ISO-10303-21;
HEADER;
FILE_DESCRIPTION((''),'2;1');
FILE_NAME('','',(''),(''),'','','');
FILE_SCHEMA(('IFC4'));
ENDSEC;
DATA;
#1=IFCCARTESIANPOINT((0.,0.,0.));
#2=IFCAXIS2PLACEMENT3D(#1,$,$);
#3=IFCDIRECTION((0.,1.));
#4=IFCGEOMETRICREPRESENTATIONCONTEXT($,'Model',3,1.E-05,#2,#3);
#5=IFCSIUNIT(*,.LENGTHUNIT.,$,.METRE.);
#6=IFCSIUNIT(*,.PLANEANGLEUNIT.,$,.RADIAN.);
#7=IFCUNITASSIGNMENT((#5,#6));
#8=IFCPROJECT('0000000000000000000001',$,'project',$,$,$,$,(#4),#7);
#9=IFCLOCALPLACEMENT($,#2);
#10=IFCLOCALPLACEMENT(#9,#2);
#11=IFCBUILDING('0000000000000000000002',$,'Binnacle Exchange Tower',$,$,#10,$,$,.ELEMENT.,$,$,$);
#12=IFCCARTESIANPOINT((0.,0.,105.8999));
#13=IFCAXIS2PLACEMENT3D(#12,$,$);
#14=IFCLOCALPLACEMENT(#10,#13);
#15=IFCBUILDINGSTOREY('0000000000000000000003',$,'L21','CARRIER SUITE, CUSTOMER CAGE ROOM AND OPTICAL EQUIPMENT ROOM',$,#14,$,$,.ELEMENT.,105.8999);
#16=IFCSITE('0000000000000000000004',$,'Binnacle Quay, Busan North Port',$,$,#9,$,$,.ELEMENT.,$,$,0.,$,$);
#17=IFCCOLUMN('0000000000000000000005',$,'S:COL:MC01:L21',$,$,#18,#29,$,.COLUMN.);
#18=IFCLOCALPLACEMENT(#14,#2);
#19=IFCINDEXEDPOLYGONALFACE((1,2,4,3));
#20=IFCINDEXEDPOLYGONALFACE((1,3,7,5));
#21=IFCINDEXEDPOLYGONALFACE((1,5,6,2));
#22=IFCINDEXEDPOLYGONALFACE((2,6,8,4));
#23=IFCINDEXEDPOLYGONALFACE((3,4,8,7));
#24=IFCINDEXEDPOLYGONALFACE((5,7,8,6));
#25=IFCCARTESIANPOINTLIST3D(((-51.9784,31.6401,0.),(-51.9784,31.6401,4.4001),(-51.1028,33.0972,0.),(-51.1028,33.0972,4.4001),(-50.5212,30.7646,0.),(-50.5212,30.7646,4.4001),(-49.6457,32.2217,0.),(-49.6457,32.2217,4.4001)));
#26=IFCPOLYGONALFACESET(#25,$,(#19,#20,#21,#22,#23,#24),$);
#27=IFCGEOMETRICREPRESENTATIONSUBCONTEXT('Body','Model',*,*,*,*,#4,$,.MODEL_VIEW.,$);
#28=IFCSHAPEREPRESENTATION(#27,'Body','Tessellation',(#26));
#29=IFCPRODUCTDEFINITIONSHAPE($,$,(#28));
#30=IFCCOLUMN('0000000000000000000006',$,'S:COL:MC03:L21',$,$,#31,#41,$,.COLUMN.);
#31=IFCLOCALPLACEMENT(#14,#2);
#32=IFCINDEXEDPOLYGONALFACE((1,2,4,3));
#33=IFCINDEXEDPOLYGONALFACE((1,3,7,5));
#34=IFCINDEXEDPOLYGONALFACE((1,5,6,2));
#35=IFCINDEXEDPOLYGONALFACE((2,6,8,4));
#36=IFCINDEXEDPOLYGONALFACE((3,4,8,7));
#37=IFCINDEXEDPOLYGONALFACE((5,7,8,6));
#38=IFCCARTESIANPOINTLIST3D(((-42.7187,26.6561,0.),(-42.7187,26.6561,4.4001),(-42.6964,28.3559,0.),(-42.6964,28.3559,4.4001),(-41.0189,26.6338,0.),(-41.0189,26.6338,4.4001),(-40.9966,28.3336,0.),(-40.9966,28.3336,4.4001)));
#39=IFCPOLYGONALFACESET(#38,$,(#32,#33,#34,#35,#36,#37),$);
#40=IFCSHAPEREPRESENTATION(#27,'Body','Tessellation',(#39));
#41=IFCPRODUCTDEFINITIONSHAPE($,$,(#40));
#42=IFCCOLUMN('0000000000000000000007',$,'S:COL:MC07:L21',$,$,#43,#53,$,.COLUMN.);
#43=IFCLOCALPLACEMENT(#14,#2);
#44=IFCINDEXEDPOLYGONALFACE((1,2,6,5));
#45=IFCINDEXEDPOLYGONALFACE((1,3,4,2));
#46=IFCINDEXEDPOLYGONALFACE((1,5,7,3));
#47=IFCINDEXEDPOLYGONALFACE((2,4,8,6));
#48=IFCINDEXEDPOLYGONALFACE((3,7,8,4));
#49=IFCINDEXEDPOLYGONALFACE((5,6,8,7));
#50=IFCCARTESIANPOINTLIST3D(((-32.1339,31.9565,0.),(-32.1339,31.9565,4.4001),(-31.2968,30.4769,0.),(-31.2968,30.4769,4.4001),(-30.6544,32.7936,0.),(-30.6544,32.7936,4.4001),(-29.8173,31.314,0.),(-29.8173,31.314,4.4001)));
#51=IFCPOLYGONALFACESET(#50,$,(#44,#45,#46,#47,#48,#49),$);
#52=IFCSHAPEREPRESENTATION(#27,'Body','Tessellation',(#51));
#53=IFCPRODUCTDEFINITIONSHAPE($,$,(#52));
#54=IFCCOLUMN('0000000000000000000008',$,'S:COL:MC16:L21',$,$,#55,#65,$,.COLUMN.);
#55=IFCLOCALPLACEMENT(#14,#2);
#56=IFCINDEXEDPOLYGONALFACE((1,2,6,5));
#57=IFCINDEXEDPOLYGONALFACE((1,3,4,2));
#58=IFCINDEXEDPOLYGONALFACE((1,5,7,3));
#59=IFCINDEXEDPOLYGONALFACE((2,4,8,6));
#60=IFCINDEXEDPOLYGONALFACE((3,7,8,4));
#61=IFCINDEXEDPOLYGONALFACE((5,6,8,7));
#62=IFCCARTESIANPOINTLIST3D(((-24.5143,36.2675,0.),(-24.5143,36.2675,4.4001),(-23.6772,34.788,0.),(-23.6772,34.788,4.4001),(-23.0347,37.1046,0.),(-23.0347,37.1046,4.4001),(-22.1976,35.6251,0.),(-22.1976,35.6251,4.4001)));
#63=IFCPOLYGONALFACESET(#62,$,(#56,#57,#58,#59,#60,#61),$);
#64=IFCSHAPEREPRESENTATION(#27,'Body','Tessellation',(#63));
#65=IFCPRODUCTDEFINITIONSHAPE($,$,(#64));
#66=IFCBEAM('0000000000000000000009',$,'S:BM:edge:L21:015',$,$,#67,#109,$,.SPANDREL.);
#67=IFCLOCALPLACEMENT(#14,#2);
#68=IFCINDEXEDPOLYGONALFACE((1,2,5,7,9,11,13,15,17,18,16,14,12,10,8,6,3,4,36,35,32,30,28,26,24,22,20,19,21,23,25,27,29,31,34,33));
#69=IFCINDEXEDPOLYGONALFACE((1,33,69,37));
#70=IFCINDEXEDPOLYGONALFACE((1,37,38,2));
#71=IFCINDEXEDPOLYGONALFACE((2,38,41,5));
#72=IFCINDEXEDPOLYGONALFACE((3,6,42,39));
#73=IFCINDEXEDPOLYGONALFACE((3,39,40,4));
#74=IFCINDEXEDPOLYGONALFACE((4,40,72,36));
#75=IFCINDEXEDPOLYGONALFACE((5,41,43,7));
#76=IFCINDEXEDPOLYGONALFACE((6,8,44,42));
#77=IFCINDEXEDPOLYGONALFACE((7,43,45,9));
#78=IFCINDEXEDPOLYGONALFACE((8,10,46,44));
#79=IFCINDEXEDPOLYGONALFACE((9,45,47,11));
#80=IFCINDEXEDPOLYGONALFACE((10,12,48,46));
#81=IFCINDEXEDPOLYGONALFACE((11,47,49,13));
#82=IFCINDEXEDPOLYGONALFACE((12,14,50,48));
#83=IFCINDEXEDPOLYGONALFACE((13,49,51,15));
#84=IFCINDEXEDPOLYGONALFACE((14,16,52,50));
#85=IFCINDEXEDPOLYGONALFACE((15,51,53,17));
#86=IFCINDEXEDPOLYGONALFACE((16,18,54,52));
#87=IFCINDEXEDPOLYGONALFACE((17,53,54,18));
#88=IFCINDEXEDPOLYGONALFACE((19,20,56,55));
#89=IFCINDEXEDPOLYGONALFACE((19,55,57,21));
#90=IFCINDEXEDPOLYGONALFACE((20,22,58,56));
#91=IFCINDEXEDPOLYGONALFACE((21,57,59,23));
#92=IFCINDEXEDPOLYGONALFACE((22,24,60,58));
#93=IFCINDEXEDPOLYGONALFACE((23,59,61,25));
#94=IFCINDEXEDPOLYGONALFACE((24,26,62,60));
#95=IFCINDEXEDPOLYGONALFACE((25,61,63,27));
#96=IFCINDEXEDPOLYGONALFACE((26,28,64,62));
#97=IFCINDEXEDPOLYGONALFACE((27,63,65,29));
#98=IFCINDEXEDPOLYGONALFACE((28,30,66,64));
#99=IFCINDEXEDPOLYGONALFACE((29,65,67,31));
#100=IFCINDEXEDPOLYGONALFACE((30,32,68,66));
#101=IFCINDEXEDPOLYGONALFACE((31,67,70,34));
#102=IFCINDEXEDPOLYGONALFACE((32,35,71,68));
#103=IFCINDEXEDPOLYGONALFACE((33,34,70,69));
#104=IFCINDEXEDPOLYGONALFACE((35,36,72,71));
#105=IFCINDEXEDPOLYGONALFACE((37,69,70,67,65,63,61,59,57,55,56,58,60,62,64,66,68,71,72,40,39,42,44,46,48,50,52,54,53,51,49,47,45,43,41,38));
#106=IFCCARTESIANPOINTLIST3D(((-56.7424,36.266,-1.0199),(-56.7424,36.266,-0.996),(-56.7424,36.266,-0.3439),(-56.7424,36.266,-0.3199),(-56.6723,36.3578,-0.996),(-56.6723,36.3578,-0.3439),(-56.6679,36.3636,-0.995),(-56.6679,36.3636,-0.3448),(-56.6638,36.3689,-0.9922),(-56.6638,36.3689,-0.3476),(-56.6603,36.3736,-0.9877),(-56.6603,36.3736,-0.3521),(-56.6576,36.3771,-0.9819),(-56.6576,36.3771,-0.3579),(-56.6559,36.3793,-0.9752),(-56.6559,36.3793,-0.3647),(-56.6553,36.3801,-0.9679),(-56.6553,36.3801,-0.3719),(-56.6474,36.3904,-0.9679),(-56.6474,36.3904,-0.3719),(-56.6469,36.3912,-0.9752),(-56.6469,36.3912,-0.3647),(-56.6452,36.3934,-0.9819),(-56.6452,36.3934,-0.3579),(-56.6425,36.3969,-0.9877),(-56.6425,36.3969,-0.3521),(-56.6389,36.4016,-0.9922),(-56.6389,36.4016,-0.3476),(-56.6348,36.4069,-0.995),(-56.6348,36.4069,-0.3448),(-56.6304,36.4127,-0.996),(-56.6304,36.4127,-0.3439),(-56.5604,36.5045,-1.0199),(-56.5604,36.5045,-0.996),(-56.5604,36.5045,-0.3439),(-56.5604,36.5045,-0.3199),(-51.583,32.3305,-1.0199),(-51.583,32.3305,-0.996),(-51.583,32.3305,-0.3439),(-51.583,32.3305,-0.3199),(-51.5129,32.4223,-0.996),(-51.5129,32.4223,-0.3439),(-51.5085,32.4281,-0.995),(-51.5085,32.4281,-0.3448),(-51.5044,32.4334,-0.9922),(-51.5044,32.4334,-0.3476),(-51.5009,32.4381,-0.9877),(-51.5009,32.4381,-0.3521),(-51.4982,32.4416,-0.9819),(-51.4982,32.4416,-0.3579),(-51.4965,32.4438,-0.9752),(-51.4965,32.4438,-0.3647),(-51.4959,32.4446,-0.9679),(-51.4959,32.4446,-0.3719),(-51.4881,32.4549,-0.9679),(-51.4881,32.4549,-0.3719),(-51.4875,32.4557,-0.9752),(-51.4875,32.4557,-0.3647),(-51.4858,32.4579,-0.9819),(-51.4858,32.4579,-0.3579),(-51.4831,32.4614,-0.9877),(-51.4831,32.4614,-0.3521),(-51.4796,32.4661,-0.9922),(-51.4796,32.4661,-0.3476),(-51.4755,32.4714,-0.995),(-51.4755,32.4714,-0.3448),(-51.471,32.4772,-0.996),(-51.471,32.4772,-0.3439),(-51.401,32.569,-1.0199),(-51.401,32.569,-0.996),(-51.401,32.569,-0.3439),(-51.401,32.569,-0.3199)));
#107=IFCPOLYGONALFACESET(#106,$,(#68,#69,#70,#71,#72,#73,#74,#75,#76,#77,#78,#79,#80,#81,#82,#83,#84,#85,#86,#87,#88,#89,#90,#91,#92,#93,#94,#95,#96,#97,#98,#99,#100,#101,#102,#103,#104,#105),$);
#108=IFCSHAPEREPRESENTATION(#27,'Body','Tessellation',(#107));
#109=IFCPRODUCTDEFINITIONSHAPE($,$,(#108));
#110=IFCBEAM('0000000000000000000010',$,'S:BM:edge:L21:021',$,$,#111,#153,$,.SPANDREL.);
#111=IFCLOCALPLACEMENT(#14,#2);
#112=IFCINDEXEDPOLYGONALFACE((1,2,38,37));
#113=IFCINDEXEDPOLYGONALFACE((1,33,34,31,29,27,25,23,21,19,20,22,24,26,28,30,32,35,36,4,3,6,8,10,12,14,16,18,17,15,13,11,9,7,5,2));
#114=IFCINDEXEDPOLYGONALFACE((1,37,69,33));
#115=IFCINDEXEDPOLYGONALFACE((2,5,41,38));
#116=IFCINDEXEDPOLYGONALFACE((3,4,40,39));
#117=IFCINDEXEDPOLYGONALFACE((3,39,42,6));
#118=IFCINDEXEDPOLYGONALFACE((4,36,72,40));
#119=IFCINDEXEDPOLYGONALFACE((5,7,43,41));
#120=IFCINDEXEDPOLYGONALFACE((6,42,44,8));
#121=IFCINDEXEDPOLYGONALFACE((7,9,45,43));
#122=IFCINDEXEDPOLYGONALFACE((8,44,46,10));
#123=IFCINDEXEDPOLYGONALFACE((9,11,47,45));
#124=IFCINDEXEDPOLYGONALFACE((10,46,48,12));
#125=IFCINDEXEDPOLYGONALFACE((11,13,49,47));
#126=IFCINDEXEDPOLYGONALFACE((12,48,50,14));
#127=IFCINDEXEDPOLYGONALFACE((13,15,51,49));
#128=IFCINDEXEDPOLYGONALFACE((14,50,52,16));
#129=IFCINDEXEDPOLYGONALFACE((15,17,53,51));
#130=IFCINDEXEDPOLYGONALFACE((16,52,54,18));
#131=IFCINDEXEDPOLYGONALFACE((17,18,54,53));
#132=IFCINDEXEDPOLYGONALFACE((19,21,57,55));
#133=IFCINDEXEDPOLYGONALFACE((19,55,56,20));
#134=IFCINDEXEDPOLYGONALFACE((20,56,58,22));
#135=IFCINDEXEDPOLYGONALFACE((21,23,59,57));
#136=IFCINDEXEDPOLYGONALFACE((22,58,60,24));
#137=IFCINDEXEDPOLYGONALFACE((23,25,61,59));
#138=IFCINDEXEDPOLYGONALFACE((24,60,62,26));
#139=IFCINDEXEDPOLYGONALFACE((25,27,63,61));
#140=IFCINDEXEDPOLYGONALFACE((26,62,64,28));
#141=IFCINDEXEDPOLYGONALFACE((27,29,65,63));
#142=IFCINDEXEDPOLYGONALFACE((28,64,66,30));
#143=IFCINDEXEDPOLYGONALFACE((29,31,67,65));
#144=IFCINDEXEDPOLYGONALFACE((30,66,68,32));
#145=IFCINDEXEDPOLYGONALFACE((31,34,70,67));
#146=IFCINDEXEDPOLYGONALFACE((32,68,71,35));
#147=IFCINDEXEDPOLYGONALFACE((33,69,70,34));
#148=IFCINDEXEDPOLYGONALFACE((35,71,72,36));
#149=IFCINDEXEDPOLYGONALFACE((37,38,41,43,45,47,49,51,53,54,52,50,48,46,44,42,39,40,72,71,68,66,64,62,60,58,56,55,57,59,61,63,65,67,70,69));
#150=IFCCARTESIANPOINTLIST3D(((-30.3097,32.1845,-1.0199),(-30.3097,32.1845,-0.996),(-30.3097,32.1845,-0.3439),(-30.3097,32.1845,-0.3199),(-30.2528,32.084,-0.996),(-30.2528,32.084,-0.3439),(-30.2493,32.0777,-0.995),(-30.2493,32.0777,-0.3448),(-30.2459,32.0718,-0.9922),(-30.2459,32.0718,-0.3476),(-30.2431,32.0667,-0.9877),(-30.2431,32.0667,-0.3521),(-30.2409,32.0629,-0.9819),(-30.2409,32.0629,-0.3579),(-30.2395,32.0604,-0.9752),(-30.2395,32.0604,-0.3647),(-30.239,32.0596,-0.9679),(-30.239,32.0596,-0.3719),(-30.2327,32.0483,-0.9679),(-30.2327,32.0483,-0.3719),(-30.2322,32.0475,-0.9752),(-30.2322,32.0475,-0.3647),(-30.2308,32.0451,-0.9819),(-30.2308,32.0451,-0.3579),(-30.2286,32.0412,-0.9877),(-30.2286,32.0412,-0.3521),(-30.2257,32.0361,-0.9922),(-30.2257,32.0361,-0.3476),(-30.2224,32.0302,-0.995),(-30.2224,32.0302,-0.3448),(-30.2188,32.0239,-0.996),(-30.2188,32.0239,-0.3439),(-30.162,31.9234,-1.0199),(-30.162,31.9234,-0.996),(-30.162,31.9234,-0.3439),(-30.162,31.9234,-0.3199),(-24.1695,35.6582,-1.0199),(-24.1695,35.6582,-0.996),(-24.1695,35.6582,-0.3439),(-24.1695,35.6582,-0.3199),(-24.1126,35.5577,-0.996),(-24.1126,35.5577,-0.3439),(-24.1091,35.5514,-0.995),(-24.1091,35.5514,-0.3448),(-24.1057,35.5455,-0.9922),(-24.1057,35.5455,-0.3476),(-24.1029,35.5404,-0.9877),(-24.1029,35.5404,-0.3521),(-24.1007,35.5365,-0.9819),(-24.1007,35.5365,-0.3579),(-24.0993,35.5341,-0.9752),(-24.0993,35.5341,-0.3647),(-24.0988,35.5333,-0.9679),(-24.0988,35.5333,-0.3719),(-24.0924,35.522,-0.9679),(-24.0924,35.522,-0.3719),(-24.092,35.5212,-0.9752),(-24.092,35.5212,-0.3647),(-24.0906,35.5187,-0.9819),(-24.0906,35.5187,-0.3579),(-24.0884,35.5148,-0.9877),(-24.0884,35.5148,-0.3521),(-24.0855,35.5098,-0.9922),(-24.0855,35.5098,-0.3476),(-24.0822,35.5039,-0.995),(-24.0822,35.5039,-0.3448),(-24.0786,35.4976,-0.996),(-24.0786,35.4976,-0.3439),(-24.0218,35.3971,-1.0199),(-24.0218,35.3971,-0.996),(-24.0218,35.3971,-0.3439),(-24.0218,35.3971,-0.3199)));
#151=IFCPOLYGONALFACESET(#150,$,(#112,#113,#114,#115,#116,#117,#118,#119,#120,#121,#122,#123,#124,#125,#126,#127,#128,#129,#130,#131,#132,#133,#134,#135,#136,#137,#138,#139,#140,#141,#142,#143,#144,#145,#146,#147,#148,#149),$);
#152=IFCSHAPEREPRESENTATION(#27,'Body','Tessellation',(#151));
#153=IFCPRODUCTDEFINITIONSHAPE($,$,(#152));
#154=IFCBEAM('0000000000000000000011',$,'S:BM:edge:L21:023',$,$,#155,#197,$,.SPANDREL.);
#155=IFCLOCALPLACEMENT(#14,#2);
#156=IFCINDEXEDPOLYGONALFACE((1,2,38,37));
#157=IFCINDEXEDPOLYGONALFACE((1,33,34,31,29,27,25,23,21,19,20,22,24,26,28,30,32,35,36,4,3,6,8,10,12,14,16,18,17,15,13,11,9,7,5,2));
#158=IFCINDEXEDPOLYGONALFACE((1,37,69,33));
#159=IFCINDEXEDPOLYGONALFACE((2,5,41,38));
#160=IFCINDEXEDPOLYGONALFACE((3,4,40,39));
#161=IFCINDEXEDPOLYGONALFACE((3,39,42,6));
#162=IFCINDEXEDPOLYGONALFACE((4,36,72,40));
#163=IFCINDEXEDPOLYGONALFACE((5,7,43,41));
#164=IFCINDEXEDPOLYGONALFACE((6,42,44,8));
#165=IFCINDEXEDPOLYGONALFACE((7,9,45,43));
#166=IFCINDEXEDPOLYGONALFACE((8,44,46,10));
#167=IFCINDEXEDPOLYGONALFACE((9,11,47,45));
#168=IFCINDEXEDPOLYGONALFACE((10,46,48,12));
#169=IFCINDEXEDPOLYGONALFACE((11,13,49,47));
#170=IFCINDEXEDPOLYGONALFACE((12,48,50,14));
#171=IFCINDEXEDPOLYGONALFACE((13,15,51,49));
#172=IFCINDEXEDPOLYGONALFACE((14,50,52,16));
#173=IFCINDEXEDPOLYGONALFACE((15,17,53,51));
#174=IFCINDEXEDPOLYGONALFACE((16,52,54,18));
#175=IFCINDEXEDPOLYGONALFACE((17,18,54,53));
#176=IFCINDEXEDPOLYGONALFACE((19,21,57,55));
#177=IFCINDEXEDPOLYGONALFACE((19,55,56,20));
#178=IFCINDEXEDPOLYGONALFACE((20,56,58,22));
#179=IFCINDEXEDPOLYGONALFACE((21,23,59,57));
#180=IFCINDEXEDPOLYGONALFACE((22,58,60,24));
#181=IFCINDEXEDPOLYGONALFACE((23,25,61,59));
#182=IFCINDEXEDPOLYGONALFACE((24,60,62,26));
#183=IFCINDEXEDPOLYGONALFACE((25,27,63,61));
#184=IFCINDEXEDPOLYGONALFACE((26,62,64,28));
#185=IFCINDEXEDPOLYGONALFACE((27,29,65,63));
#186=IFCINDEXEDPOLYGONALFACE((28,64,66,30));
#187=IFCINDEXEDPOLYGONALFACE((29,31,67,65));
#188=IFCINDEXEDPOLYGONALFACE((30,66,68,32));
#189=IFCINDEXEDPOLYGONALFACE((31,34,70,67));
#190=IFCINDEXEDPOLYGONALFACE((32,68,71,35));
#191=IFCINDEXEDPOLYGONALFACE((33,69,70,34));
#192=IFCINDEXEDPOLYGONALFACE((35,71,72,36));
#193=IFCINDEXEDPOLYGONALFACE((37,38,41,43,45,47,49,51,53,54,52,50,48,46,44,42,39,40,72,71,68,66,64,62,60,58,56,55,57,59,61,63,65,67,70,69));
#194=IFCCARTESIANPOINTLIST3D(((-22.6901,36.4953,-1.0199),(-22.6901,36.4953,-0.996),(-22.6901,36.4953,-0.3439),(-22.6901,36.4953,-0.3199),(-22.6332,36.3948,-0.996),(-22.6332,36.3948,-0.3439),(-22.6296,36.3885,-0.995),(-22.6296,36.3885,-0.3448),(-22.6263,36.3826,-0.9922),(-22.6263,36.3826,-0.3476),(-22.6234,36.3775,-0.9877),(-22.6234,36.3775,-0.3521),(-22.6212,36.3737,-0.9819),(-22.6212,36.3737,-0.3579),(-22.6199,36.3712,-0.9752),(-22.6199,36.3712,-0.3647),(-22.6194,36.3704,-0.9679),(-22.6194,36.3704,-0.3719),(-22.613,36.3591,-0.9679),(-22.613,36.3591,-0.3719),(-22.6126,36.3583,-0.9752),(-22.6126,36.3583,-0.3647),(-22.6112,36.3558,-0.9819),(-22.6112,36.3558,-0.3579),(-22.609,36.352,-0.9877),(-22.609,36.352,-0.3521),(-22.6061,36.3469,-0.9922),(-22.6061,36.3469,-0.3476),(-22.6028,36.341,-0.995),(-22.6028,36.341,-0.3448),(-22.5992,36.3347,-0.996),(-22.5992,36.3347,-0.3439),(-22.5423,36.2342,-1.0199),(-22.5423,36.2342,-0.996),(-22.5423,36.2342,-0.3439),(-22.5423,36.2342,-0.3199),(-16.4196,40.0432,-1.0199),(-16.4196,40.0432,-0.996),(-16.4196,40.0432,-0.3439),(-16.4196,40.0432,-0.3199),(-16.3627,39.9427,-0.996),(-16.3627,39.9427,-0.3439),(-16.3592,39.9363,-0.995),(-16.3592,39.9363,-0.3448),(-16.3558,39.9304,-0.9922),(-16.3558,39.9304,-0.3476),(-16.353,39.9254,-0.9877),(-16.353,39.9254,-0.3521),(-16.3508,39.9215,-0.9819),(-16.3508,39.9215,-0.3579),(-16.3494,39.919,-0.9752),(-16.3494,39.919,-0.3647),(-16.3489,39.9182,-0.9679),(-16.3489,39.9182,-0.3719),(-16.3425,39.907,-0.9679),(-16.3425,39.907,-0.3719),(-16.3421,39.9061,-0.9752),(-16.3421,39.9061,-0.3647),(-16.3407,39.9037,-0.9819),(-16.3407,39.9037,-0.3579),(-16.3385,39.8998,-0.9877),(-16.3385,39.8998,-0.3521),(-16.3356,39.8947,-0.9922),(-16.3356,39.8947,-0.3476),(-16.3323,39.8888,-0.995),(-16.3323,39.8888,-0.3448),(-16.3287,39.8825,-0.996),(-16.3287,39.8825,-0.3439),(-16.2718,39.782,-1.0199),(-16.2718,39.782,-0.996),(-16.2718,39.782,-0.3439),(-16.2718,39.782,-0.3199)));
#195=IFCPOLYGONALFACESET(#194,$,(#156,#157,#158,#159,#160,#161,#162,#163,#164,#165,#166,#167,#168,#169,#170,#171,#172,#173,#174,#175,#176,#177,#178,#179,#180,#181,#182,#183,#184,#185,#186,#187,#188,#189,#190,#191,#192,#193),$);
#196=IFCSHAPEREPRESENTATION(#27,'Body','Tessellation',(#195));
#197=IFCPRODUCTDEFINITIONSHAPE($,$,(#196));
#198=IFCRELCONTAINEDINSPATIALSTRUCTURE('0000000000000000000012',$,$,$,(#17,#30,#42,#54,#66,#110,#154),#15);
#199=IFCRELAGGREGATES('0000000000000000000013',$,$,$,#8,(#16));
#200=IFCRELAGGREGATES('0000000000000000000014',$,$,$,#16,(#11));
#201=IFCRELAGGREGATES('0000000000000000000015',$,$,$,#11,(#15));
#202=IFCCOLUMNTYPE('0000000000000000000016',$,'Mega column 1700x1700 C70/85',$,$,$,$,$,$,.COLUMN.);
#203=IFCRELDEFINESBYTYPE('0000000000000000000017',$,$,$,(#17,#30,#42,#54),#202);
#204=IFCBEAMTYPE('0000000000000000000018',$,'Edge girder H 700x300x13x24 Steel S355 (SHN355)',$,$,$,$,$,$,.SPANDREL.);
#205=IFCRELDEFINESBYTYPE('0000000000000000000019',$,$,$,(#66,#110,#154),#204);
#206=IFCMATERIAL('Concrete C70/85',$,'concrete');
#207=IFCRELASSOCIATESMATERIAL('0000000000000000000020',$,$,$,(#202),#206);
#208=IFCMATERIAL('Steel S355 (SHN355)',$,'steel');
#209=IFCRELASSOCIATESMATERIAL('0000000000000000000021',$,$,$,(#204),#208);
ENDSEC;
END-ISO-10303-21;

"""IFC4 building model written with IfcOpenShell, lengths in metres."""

from ifc_helpers import new_model, si_unit, direction, frame, origin, origin_2d, place, context, subcontext, project, spatial, rectangle, i_section, extrude, material, material_profile, profile_set, type_object, element, save


model = new_model("IFC4")

# Units and contexts
model_context = context("Model", 3, precision=1e-05, world=origin(), true_north=direction((0.0, 1.0)))
body_context = subcontext(model_context, "Body", "Model", "MODEL_VIEW")
ifc_project = project(units=[si_unit("LENGTHUNIT", "METRE"), si_unit("PLANEANGLEUNIT", "RADIAN")], contexts=[model_context])

# Site, building, storey
site_placement = place(None, origin())
site = spatial("IfcSite", under=ifc_project, at=site_placement, Name="Binnacle Quay, Busan North Port", CompositionType="ELEMENT", RefElevation=0.0)
building_placement = place(site_placement, origin())
building = spatial("IfcBuilding", under=site, at=building_placement, Name="Binnacle Exchange Tower", CompositionType="ELEMENT")
storey_placement = place(building_placement, frame((0.0, 0.0, 105.8999)))
storey = spatial("IfcBuildingStorey", under=building, at=storey_placement, Name="L21", Description="CARRIER SUITE, CUSTOMER CAGE ROOM AND OPTICAL EQUIPMENT ROOM", CompositionType="ELEMENT", Elevation=105.8999)

# Columns
ifc_material_1 = material(Name="Concrete C70/85", Category="concrete")
ifc_material_profile_1 = material_profile(ifc_material_1, rectangle(XDim=1.7, YDim=1.7, at=origin_2d()), Name="Mega column 1700x1700 C70/85")
ifc_profile_set_1 = profile_set([ifc_material_profile_1], Name="Concrete C70/85")
column_type = type_object("IfcColumnType", Name="Mega column 1700x1700 C70/85", PredefinedType="COLUMN", material=ifc_profile_set_1)
for number, where, z_axis, x_axis, name in (
    (1, (-50.812, 31.9309, 0.0), (0.0, 0.0, 1.0), (0.857167, -0.515038, 0.0), "S:COL:MC01:L21"),
    (2, (-41.8577, 27.4949, 0.0), (0.0, 0.0, 1.0), (0.999914, -0.01309, 0.0), "S:COL:MC03:L21"),
    (3, (-30.9756, 31.6353, 0.0), (0.0, 0.0, 1.0), (0.870356, 0.492424, 0.0), "S:COL:MC07:L21"),
    (4, (-23.356, 35.9463, 0.0), (0.0, 0.0, 1.0), (0.870356, 0.492424, 0.0), "S:COL:MC16:L21"),
):
    element("IfcColumn", number, at=place(storey_placement, frame(where, z_axis=z_axis, x_axis=x_axis)), inside=storey, type_object=column_type, Name=name, PredefinedType="COLUMN", context=body_context, shape_type="SweptSolid", body=[
        extrude(rectangle(XDim=1.7, YDim=1.7, at=origin_2d()), origin(), (0.0, 0.0, 1.0), 4.4001),
    ])

# Beams
ifc_material_2 = material(Name="Steel S355 (SHN355)", Category="steel")
ifc_material_profile_2 = material_profile(ifc_material_2, i_section(OverallWidth=0.3, OverallDepth=0.7, WebThickness=0.0129, FlangeThickness=0.0239, FilletRadius=0.0281, at=origin_2d()), Name="H 700x300x13x24")
ifc_profile_set_2 = profile_set([ifc_material_profile_2], Name="Steel S355 (SHN355)")
beam_type_1 = type_object("IfcBeamType", Name="Edge girder H 700x300x13x24 Steel S355 (SHN355)", PredefinedType="SPANDREL", material=ifc_profile_set_2)
beam_1_placement = place(storey_placement, frame((-56.6514, 36.3853, -0.6699), z_axis=(0.795093, -0.606487, 0.0), x_axis=(0.606487, 0.795093, 0.0)))
element("IfcBeam", 5, at=beam_1_placement, inside=storey, type_object=beam_type_1, Name="S:BM:edge:L21:015", PredefinedType="SPANDREL", context=body_context, shape_type="SweptSolid", body=[
    extrude(i_section(OverallWidth=0.3, OverallDepth=0.7, WebThickness=0.0129, FlangeThickness=0.0239, FilletRadius=0.0281, at=origin_2d()), origin(), (0.0, 0.0, 1.0), 6.489),
])
beam_2_placement = place(storey_placement, frame((-30.2358, 32.054, -0.6699), z_axis=(0.870373, 0.492392, 0.0), x_axis=(-0.492392, 0.870373, 0.0)))
element("IfcBeam", 6, at=beam_2_placement, inside=storey, type_object=beam_type_1, Name="S:BM:edge:L21:021", PredefinedType="SPANDREL", context=body_context, shape_type="SweptSolid", body=[
    extrude(i_section(OverallWidth=0.3, OverallDepth=0.7, WebThickness=0.0129, FlangeThickness=0.0239, FilletRadius=0.0281, at=origin_2d()), origin(), (0.0, 0.0, 1.0), 7.0547),
])
beam_3_placement = place(storey_placement, frame((-22.6162, 36.3647, -0.6699), z_axis=(0.870346, 0.492441, 0.0), x_axis=(-0.492441, 0.870346, 0.0)))
element("IfcBeam", 7, at=beam_3_placement, inside=storey, type_object=beam_type_1, Name="S:BM:edge:L21:023", PredefinedType="SPANDREL", context=body_context, shape_type="SweptSolid", body=[
    extrude(i_section(OverallWidth=0.3, OverallDepth=0.7, WebThickness=0.0129, FlangeThickness=0.0239, FilletRadius=0.0281, at=origin_2d()), origin(), (0.0, 0.0, 1.0), 7.2046),
])

save(model, "model.ifc")
